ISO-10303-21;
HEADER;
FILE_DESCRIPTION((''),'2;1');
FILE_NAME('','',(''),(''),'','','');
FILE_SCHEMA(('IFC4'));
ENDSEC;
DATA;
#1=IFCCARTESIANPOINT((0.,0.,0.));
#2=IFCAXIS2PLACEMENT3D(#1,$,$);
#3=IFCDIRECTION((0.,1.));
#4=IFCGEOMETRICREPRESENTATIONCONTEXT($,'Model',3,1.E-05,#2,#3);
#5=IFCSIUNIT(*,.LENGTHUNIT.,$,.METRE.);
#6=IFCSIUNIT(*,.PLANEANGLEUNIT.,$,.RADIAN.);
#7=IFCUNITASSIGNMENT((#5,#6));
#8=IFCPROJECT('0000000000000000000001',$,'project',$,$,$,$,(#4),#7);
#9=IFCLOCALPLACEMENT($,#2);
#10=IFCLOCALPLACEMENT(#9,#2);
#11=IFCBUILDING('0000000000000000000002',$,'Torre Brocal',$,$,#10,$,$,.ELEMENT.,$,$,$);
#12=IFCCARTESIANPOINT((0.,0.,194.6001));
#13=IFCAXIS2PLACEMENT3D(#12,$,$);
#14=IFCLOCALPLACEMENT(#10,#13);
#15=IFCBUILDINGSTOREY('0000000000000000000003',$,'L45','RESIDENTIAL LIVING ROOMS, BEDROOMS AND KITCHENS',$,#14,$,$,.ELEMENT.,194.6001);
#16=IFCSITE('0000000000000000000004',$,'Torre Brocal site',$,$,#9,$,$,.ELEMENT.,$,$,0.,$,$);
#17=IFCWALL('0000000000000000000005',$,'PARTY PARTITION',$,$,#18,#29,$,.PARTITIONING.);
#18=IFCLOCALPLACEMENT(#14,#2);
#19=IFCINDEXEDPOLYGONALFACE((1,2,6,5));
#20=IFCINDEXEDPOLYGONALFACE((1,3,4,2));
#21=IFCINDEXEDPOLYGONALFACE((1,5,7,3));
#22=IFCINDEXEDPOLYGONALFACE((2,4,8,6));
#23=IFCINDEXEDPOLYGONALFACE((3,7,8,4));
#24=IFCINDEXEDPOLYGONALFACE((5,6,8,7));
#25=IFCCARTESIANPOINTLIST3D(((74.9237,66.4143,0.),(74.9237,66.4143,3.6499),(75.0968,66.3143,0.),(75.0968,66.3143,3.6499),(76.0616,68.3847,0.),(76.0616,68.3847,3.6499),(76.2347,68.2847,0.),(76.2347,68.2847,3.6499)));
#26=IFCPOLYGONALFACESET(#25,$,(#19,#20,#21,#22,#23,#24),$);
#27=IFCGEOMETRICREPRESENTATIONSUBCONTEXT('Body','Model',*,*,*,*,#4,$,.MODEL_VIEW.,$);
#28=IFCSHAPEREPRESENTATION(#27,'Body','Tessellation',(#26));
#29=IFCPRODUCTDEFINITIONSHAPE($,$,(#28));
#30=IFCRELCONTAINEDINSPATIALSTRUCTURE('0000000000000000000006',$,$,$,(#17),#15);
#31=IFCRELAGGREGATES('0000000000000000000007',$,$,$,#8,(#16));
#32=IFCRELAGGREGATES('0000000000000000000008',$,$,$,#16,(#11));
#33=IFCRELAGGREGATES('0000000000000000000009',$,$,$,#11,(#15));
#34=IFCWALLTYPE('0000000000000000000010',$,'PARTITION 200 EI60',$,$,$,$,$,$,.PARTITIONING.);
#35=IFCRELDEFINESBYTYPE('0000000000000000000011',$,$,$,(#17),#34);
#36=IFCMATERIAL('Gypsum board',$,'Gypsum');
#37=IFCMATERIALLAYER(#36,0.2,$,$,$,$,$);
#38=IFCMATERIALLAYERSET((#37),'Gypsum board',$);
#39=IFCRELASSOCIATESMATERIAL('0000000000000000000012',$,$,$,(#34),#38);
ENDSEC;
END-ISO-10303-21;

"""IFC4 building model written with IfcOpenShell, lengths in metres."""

from ifc_helpers import new_model, si_unit, direction, frame, frame_2d, origin, place, context, subcontext, project, spatial, rectangle, extrude, material, layer, layer_set, type_object, element, save


model = new_model("IFC4")

# Units and contexts
model_context = context("Model", 3, precision=1e-05, world=origin(), true_north=direction((0.0, 1.0)))
body_context = subcontext(model_context, "Body", "Model", "MODEL_VIEW")
ifc_project = project(units=[si_unit("LENGTHUNIT", "METRE"), si_unit("PLANEANGLEUNIT", "RADIAN")], contexts=[model_context])

# Site, building, storey
site_placement = place(None, origin())
site = spatial("IfcSite", under=ifc_project, at=site_placement, Name="Torre Brocal site", CompositionType="ELEMENT", RefElevation=0.0)
building_placement = place(site_placement, origin())
building = spatial("IfcBuilding", under=site, at=building_placement, Name="Torre Brocal", CompositionType="ELEMENT")
storey_placement = place(building_placement, frame((0.0, 0.0, 194.6001)))
storey = spatial("IfcBuildingStorey", under=building, at=storey_placement, Name="L45", Description="RESIDENTIAL LIVING ROOMS, BEDROOMS AND KITCHENS", CompositionType="ELEMENT", Elevation=194.6001)

# Shared definitions
ifc_material_1 = material(Name="Gypsum board", Category="Gypsum")
ifc_layer_1 = layer(ifc_material_1, 0.2)
ifc_layer_set_1 = layer_set([ifc_layer_1], Name="Gypsum board")
wall_type_1 = type_object("IfcWallType", Name="PARTITION 200 EI60", PredefinedType="PARTITIONING", material=ifc_layer_set_1)

# Wall
wall_1_placement = place(storey_placement, frame((75.0103, 66.3643, 0.0), z_axis=(0.0, 0.0, 1.0), x_axis=(0.500097, 0.865969, 0.0)))
element("IfcWall", 1, at=wall_1_placement, inside=storey, type_object=wall_type_1, Name="PARTY PARTITION", PredefinedType="PARTITIONING", context=body_context, shape_type="SweptSolid", body=[
    extrude(rectangle(XDim=2.2754, YDim=0.2, at=frame_2d((1.1377, 0.0))), origin(), (0.0, 0.0, 1.0), 3.6499),
])

save(model, "model.ifc")
